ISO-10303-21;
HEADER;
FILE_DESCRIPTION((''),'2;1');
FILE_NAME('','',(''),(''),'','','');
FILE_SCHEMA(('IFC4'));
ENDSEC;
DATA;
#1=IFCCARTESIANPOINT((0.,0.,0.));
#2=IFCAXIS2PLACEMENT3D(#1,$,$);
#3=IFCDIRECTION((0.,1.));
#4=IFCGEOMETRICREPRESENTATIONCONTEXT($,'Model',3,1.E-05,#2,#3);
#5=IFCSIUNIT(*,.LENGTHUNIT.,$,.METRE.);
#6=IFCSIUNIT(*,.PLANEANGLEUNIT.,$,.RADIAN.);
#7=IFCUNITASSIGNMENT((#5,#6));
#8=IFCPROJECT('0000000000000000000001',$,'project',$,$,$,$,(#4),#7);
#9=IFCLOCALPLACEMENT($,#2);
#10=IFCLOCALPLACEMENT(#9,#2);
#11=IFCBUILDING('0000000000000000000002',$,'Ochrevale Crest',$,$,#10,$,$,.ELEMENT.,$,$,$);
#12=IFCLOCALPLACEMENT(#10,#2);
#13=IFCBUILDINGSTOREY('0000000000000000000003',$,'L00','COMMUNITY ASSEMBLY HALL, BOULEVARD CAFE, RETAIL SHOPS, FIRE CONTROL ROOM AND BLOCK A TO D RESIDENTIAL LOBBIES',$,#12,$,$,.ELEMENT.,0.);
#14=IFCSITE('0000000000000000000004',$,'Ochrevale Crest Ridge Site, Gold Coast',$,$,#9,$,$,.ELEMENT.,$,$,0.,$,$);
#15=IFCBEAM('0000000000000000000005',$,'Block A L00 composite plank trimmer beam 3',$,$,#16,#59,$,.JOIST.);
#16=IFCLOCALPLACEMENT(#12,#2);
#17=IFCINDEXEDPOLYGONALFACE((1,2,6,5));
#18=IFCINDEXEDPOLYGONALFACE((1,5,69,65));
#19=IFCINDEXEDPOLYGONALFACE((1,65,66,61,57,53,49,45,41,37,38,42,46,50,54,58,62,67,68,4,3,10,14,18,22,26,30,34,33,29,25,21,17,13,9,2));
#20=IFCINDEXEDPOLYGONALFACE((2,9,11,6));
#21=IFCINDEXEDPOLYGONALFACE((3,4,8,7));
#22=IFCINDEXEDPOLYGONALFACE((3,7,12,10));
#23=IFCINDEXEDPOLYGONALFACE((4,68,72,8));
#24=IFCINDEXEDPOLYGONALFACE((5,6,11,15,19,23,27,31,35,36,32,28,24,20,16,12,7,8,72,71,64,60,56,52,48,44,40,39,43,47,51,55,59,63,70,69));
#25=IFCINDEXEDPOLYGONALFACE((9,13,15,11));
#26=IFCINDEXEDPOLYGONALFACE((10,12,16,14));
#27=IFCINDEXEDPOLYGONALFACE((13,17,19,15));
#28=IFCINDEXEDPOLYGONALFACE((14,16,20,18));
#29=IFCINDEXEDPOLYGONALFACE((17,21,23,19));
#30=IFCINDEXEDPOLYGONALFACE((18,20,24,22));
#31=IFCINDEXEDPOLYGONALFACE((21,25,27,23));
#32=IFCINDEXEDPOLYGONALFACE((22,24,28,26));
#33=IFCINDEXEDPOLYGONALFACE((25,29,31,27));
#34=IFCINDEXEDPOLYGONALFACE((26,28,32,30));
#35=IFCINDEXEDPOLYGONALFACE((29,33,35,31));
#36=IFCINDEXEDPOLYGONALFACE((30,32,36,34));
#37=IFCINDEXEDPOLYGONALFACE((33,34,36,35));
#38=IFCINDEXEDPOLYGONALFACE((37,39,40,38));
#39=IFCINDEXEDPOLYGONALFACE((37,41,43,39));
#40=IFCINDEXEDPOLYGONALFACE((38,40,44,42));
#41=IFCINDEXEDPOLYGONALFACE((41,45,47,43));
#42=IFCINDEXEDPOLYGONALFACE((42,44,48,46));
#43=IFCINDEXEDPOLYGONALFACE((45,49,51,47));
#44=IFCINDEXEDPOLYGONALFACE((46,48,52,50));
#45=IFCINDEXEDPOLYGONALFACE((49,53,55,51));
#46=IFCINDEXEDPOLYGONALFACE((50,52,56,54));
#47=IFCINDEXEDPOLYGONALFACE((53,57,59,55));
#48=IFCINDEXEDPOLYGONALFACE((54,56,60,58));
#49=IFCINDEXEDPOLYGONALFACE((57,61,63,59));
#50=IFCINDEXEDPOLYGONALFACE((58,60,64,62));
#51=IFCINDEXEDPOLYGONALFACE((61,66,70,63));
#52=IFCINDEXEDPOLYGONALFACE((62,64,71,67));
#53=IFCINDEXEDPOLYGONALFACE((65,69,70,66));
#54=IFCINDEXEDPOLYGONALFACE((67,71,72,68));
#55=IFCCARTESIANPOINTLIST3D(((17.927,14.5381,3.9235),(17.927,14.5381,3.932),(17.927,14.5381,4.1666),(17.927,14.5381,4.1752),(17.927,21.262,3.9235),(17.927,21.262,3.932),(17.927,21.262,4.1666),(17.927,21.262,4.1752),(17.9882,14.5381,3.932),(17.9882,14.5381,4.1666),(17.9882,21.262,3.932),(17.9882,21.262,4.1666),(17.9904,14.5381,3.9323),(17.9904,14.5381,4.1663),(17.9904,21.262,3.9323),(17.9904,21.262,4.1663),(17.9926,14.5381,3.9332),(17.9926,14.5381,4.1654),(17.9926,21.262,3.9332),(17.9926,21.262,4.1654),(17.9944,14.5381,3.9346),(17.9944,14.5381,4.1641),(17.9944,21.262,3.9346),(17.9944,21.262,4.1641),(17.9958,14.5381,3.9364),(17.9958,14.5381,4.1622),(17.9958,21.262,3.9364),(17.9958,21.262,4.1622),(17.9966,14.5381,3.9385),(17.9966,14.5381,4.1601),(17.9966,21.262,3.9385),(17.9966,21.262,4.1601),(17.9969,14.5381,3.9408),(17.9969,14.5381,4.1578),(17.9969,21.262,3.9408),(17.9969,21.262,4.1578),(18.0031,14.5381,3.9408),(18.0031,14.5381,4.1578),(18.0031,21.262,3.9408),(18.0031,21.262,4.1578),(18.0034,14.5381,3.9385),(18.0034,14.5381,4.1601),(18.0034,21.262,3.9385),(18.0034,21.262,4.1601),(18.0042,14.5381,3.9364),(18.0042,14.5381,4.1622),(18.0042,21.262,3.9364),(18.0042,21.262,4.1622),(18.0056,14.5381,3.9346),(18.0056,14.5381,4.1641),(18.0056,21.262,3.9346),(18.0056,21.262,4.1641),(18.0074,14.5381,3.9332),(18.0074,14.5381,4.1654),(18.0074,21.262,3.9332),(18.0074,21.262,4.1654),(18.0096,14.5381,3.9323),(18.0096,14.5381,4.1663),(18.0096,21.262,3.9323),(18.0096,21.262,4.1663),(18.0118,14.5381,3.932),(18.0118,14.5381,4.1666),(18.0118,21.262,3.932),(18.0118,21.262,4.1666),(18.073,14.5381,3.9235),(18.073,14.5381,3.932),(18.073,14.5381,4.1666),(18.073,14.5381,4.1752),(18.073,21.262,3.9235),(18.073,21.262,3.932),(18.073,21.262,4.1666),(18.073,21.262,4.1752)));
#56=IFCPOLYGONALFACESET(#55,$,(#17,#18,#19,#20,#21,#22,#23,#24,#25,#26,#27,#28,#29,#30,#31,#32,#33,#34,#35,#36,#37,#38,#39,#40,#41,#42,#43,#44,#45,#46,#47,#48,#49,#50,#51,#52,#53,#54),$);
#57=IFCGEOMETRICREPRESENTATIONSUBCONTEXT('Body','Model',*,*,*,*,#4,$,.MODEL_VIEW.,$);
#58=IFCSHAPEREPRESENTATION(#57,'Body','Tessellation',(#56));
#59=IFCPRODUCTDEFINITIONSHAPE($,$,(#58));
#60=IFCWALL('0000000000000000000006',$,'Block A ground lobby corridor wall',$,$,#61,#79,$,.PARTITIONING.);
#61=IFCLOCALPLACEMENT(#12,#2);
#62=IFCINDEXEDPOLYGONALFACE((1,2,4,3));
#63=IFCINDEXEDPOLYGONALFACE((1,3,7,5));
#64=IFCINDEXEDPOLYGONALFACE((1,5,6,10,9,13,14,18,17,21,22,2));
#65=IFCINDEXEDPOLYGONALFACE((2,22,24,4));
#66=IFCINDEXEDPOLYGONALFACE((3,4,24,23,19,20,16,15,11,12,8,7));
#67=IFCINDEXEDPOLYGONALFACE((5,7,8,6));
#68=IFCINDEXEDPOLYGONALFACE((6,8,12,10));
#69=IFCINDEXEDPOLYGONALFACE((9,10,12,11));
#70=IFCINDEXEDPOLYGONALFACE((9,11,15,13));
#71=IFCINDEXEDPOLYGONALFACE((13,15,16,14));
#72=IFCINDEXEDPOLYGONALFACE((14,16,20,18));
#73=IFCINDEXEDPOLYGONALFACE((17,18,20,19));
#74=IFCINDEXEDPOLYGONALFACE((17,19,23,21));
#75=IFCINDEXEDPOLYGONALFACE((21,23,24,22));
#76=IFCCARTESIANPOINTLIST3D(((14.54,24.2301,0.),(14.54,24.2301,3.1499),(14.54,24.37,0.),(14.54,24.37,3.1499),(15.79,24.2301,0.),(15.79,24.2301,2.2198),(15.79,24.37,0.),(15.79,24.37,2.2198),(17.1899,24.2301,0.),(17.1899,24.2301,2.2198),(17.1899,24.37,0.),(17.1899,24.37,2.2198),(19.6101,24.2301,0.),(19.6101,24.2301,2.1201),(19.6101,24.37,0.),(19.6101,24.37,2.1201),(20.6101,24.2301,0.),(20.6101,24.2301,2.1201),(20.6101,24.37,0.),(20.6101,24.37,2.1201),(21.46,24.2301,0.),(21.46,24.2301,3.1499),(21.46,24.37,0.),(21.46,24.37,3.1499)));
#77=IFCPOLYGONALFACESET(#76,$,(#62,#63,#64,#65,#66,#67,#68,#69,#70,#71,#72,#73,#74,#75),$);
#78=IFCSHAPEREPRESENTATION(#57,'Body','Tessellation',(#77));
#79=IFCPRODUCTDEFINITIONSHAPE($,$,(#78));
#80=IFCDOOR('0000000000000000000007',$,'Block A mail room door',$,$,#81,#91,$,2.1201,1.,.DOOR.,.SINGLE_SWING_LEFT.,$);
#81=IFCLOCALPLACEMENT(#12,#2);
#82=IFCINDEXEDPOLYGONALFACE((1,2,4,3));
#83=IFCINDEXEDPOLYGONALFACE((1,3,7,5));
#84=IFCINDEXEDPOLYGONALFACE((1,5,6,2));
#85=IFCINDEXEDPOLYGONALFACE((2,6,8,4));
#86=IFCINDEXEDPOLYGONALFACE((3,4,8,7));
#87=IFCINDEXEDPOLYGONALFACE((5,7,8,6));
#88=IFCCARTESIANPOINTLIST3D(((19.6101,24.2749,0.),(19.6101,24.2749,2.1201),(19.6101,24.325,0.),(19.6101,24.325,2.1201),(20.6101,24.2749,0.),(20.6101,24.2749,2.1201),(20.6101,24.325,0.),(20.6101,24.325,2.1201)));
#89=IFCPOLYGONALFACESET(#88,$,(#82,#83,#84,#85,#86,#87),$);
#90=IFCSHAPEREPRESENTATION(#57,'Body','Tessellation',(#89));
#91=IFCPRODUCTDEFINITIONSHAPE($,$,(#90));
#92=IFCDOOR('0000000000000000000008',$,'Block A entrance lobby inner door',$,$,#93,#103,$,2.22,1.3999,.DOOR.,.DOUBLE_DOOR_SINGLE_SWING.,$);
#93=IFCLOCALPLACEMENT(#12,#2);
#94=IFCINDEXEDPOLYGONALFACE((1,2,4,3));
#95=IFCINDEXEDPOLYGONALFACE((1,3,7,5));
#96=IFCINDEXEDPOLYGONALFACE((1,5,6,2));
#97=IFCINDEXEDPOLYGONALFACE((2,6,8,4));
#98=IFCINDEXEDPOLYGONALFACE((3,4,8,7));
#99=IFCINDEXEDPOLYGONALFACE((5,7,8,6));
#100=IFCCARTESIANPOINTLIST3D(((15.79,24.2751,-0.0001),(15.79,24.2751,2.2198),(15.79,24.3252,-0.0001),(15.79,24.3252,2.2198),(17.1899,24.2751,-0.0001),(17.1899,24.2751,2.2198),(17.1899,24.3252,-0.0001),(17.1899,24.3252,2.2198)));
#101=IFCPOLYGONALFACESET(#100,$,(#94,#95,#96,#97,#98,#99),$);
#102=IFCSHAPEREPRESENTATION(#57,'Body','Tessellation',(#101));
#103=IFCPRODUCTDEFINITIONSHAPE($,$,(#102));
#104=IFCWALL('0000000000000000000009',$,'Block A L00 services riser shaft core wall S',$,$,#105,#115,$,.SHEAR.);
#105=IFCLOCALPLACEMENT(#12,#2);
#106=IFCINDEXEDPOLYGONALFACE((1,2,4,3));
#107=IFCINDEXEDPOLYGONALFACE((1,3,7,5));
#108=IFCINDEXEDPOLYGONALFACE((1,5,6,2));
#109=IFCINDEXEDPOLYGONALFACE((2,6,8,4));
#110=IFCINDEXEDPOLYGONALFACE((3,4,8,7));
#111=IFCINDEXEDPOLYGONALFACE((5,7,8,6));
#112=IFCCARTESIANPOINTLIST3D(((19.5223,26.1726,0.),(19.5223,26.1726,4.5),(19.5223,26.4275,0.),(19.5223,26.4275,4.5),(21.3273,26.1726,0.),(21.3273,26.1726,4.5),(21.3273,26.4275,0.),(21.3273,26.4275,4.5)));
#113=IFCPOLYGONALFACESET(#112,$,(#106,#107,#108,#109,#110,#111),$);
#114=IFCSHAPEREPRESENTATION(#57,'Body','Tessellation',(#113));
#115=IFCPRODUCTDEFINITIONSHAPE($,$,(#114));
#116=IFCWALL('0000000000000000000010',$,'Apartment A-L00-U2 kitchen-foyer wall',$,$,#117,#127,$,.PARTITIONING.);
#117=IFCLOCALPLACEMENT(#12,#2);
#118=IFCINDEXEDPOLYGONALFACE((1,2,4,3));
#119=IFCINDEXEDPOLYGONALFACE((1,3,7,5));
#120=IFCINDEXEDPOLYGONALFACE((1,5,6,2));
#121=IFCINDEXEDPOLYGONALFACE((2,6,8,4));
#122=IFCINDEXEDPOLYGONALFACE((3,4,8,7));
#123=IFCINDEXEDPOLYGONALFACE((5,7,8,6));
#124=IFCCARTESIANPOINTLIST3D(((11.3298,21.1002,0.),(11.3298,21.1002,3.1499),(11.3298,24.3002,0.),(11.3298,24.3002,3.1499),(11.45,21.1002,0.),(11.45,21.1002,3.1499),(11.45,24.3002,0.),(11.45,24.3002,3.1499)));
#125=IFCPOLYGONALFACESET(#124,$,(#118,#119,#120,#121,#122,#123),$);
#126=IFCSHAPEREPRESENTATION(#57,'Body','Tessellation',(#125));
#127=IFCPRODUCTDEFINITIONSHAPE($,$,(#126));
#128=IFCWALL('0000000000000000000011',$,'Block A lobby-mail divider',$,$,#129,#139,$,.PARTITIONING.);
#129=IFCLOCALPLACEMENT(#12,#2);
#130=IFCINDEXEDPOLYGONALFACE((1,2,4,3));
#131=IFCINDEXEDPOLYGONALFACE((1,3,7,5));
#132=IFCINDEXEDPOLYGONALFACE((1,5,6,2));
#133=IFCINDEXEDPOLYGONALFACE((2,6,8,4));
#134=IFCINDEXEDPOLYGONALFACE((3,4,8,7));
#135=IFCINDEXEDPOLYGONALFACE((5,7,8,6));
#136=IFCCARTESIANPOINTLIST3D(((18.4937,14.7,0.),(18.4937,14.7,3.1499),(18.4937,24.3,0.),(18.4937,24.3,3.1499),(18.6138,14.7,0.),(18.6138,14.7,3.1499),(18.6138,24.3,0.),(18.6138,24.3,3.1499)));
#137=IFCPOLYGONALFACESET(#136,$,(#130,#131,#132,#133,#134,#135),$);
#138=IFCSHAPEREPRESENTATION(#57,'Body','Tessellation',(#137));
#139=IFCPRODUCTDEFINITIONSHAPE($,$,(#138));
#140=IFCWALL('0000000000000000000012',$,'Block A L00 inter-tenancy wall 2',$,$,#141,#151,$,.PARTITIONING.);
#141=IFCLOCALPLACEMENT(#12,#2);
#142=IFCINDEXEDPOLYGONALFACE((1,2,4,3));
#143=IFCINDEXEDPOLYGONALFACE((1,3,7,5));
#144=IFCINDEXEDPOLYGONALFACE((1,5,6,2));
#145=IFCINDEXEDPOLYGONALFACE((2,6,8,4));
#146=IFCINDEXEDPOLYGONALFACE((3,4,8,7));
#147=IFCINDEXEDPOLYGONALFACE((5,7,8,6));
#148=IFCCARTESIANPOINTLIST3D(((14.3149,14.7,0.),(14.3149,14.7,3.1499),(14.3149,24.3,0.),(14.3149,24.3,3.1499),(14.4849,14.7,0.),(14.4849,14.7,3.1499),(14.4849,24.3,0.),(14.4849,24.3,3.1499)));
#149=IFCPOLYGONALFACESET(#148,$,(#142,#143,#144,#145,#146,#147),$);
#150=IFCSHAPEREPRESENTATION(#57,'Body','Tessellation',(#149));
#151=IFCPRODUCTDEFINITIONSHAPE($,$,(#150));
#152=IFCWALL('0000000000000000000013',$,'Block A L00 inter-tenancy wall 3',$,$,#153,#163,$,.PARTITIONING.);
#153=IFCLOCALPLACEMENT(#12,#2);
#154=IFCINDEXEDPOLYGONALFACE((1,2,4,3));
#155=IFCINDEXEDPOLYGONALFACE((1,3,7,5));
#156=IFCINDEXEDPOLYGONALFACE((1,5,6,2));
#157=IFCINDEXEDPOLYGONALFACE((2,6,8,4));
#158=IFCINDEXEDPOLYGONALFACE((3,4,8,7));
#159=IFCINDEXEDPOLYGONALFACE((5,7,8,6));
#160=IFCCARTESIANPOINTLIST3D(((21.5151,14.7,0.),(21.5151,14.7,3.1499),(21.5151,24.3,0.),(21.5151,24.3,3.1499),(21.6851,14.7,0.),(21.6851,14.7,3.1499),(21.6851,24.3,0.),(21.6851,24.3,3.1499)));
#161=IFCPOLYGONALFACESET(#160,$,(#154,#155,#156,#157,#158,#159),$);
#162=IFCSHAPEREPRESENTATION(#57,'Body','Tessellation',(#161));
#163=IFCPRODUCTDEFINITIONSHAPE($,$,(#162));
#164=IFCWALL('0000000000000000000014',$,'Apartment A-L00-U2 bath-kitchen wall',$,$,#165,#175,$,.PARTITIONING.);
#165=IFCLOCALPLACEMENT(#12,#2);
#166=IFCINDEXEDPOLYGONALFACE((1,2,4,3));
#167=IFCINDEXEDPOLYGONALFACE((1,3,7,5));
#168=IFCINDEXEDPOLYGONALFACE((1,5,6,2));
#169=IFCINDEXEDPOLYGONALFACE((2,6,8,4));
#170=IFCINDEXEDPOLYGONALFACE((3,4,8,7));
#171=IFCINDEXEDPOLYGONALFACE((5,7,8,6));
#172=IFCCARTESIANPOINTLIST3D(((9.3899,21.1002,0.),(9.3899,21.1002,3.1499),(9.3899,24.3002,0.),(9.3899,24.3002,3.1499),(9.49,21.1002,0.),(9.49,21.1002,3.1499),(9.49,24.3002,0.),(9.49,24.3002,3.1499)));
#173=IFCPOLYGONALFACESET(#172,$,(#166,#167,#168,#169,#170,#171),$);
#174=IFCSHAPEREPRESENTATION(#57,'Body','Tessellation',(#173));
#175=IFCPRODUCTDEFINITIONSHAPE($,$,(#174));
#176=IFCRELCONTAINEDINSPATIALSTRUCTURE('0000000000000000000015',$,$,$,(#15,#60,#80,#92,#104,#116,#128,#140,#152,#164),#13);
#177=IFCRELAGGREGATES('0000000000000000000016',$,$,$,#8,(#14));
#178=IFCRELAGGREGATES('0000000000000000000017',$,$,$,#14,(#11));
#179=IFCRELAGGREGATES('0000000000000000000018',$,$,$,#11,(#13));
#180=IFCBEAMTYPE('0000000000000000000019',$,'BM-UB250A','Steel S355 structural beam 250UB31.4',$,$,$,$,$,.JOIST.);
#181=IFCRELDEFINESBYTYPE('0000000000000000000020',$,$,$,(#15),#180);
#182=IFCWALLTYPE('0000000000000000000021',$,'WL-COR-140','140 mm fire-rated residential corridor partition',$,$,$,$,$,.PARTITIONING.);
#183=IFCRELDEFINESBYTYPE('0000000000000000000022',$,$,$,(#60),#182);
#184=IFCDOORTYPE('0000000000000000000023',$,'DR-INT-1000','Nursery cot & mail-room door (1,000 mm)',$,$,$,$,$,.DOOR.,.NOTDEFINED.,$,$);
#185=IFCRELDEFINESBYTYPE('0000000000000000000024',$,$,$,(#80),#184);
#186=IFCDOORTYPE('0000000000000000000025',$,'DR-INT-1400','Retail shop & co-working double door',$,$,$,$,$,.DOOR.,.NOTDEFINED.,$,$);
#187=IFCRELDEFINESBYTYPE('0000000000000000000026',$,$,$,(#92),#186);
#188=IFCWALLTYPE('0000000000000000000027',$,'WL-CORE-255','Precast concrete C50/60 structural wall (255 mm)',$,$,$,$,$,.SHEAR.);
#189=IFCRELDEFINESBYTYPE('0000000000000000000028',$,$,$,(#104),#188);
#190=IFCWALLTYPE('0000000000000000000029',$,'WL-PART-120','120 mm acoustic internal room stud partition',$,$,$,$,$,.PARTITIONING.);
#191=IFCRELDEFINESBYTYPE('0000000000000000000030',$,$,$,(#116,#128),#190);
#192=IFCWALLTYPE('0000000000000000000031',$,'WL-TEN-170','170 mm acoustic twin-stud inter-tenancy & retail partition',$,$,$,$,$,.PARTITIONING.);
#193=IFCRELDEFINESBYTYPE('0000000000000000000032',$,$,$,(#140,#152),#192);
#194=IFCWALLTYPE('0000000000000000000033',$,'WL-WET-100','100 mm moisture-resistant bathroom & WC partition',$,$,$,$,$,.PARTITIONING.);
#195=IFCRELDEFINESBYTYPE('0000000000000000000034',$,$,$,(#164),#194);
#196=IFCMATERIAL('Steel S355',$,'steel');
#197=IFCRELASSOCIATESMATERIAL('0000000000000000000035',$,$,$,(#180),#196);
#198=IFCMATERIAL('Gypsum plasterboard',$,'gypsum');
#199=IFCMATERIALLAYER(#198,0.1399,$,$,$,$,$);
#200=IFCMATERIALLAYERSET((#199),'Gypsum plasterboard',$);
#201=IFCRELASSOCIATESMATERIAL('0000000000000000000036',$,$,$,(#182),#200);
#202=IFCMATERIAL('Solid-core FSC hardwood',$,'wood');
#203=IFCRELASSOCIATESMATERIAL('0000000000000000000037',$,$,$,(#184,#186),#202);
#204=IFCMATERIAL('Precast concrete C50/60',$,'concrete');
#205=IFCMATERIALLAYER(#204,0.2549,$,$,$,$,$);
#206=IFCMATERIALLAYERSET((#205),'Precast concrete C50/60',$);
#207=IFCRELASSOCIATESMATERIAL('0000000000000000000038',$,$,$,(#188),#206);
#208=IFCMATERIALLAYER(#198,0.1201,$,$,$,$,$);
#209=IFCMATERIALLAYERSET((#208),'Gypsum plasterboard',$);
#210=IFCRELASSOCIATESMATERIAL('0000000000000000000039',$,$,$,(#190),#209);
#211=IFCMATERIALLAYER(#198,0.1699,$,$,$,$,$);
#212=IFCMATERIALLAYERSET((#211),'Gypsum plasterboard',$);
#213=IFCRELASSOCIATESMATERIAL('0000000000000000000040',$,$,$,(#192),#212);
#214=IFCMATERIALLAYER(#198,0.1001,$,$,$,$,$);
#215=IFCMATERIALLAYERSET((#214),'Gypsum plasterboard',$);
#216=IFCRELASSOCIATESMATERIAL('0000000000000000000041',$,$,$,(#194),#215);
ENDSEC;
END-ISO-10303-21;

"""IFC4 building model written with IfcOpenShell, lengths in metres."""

from ifc_helpers import new_model, si_unit, direction, frame, frame_2d, origin, origin_2d, place, context, subcontext, project, spatial, rectangle, i_section, extrude, material, layer, layer_set, material_profile, profile_set, type_object, element, fill, save


model = new_model("IFC4")

# Units and contexts
model_context = context("Model", 3, precision=1e-05, world=origin(), true_north=direction((0.0, 1.0)))
body_context = subcontext(model_context, "Body", "Model", "MODEL_VIEW")
ifc_project = project(units=[si_unit("LENGTHUNIT", "METRE"), si_unit("PLANEANGLEUNIT", "RADIAN")], contexts=[model_context])

# Site, building, storey
site_placement = place(None, origin())
site = spatial("IfcSite", under=ifc_project, at=site_placement, Name="Ochrevale Crest Ridge Site, Gold Coast", CompositionType="ELEMENT", RefElevation=0.0)
building_placement = place(site_placement, origin())
building = spatial("IfcBuilding", under=site, at=building_placement, Name="Ochrevale Crest", CompositionType="ELEMENT")
storey_placement = place(building_placement, origin())
storey = spatial("IfcBuildingStorey", under=building, at=storey_placement, Name="L00", Description="COMMUNITY ASSEMBLY HALL, BOULEVARD CAFE, RETAIL SHOPS, FIRE CONTROL ROOM AND BLOCK A TO D RESIDENTIAL LOBBIES", CompositionType="ELEMENT", Elevation=0.0)

# Shared definitions
ifc_material_1 = material(Name="Precast concrete C50/60", Category="concrete")

# Beam
ifc_material_2 = material(Name="Steel S355", Category="steel")
ifc_material_profile_1 = material_profile(ifc_material_2, i_section(OverallWidth=0.146, OverallDepth=0.2517, WebThickness=0.0061, FlangeThickness=0.0085, FilletRadius=0.0088, at=origin_2d()), Name="250UB31.4")
ifc_profile_set_1 = profile_set([ifc_material_profile_1], Name="Steel S355")
beam_type_1 = type_object("IfcBeamType", Name="BM-UB250A", Description="Steel S355 structural beam 250UB31.4", PredefinedType="JOIST", material=ifc_profile_set_1)
beam_1_placement = place(storey_placement, frame((18.0, 14.5381, 4.0493), z_axis=(0.0, 1.0, 0.0), x_axis=(-1.0, 0.0, 0.0)))
element("IfcBeam", 1, at=beam_1_placement, inside=storey, type_object=beam_type_1, Name="Block A L00 composite plank trimmer beam 3", PredefinedType="JOIST", context=body_context, shape_type="SweptSolid", body=[
    extrude(i_section(OverallWidth=0.146, OverallDepth=0.2517, WebThickness=0.0061, FlangeThickness=0.0085, FilletRadius=0.0088, at=origin_2d()), origin(), (0.0, 0.0, 1.0), 6.7239),
])

# Wall, openings, doors
ifc_material_3 = material(Name="Gypsum plasterboard", Category="gypsum")
ifc_layer_1 = layer(ifc_material_3, 0.1399)
ifc_layer_set_1 = layer_set([ifc_layer_1], Name="Gypsum plasterboard")
wall_type_1 = type_object("IfcWallType", Name="WL-COR-140", Description="140 mm fire-rated residential corridor partition", PredefinedType="PARTITIONING", material=ifc_layer_set_1)
wall_1_placement = place(storey_placement, frame((14.54, 24.3, 0.0), z_axis=(0.0, 0.0, 1.0), x_axis=(1.0, 0.0, 0.0)))
wall_1 = element("IfcWall", 2, at=wall_1_placement, inside=storey, type_object=wall_type_1, Name="Block A ground lobby corridor wall", PredefinedType="PARTITIONING", context=body_context, shape_type="SweptSolid", body=[
    extrude(rectangle(XDim=6.9199, YDim=0.1399, at=frame_2d((3.46, 0.0))), origin(), (0.0, 0.0, 1.0), 3.1499),
])
opening_1_placement = place(wall_1_placement, frame((2.6499, 0.0, 0.0), z_axis=(0.0, 0.0, 1.0), x_axis=(-1.0, 0.0, 0.0)))
opening_1 = element("IfcOpeningElement", 3, at=opening_1_placement, cuts=wall_1, PredefinedType="OPENING", context=body_context, shape_type="SweptSolid", body=[
    extrude(rectangle(XDim=1.3999, YDim=2.22, at=frame_2d((0.7, 1.1099))), frame((0.0, 0.0801, 0.0), z_axis=(0.0, -1.0, 0.0), x_axis=(1.0, 0.0, 0.0)), (0.0, 0.0, 1.0), 0.1599),
])
opening_2_placement = place(wall_1_placement, frame((5.0701, 0.0, 0.0)))
opening_2 = element("IfcOpeningElement", 4, at=opening_2_placement, cuts=wall_1, PredefinedType="OPENING", context=body_context, shape_type="SweptSolid", body=[
    extrude(rectangle(XDim=1.0, YDim=2.1201, at=frame_2d((0.5, 1.0601))), frame((0.0, 0.0801, 0.0), z_axis=(0.0, -1.0, 0.0), x_axis=(1.0, 0.0, 0.0)), (0.0, 0.0, 1.0), 0.1599),
])
ifc_material_4 = material(Name="Solid-core FSC hardwood", Category="wood")
door_type_1 = type_object("IfcDoorType", Name="DR-INT-1000", Description="Nursery cot & mail-room door (1,000 mm)", OperationType="NOTDEFINED", PredefinedType="DOOR", material=ifc_material_4)
door_1_placement = place(opening_2_placement, origin())
door_1 = element("IfcDoor", 5, at=door_1_placement, inside=storey, type_object=door_type_1, Name="Block A mail room door", OperationType="SINGLE_SWING_LEFT", OverallHeight=2.1201, OverallWidth=1.0, PredefinedType="DOOR", context=body_context, shape_type="SweptSolid", body=[
    extrude(rectangle(XDim=1.0, YDim=2.1201, at=frame_2d((0.5, 1.0601))), frame((0.0, 0.0249, 0.0), z_axis=(0.0, -1.0, 0.0), x_axis=(1.0, 0.0, 0.0)), (0.0, 0.0, 1.0), 0.05),
])
fill(opening_2, door_1)
door_type_2 = type_object("IfcDoorType", Name="DR-INT-1400", Description="Retail shop & co-working double door", OperationType="NOTDEFINED", PredefinedType="DOOR", material=ifc_material_4)
door_2_placement = place(opening_1_placement, origin())
door_2 = element("IfcDoor", 6, at=door_2_placement, inside=storey, type_object=door_type_2, Name="Block A entrance lobby inner door", OperationType="DOUBLE_DOOR_SINGLE_SWING", OverallHeight=2.22, OverallWidth=1.3999, PredefinedType="DOOR", context=body_context, shape_type="SweptSolid", body=[
    extrude(rectangle(XDim=1.3999, YDim=2.22, at=frame_2d((0.7, 1.1099))), frame((0.0, 0.0249, 0.0), z_axis=(0.0, -1.0, 0.0), x_axis=(1.0, 0.0, 0.0)), (0.0, 0.0, 1.0), 0.05),
])
fill(opening_1, door_2)

# Shared definitions
ifc_layer_2 = layer(ifc_material_1, 0.2549)
ifc_layer_set_2 = layer_set([ifc_layer_2], Name="Precast concrete C50/60")
wall_type_2 = type_object("IfcWallType", Name="WL-CORE-255", Description="Precast concrete C50/60 structural wall (255 mm)", PredefinedType="SHEAR", material=ifc_layer_set_2)

# Walls
wall_2_placement = place(storey_placement, frame((19.5225, 26.3, 0.0), z_axis=(0.0, 0.0, 1.0), x_axis=(1.0, 0.0, 0.0)))
element("IfcWall", 7, at=wall_2_placement, inside=storey, type_object=wall_type_2, Name="Block A L00 services riser shaft core wall S", PredefinedType="SHEAR", context=body_context, shape_type="SweptSolid", body=[
    extrude(rectangle(XDim=1.8049, YDim=0.2549, at=frame_2d((0.9023, 0.0))), origin(), (0.0, 0.0, 1.0), 4.5),
])
ifc_layer_3 = layer(ifc_material_3, 0.1201)
ifc_layer_set_3 = layer_set([ifc_layer_3], Name="Gypsum plasterboard")
wall_type_3 = type_object("IfcWallType", Name="WL-PART-120", Description="120 mm acoustic internal room stud partition", PredefinedType="PARTITIONING", material=ifc_layer_set_3)
wall_3_placement = place(storey_placement, frame((11.3899, 21.1001, 0.0), z_axis=(0.0, 0.0, 1.0), x_axis=(0.0, 1.0, 0.0)))
element("IfcWall", 8, at=wall_3_placement, inside=storey, type_object=wall_type_3, Name="Apartment A-L00-U2 kitchen-foyer wall", PredefinedType="PARTITIONING", context=body_context, shape_type="SweptSolid", body=[
    extrude(rectangle(XDim=3.2, YDim=0.1201, at=frame_2d((1.6001, 0.0))), origin(), (0.0, 0.0, 1.0), 3.1499),
])
wall_4_placement = place(storey_placement, frame((18.5537, 14.7, 0.0), z_axis=(0.0, 0.0, 1.0), x_axis=(0.0, 1.0, 0.0)))
element("IfcWall", 9, at=wall_4_placement, inside=storey, type_object=wall_type_3, Name="Block A lobby-mail divider", PredefinedType="PARTITIONING", context=body_context, shape_type="SweptSolid", body=[
    extrude(rectangle(XDim=9.6001, YDim=0.1201, at=frame_2d((4.8, 0.0))), origin(), (0.0, 0.0, 1.0), 3.1499),
])
ifc_layer_4 = layer(ifc_material_3, 0.1699)
ifc_layer_set_4 = layer_set([ifc_layer_4], Name="Gypsum plasterboard")
wall_type_4 = type_object("IfcWallType", Name="WL-TEN-170", Description="170 mm acoustic twin-stud inter-tenancy & retail partition", PredefinedType="PARTITIONING", material=ifc_layer_set_4)
for number, where, z_axis, x_axis, name in (
    (10, (14.3999, 14.7, 0.0), (0.0, 0.0, 1.0), (0.0, 1.0, 0.0), "Block A L00 inter-tenancy wall 2"),
    (11, (21.6001, 14.7, 0.0), (0.0, 0.0, 1.0), (0.0, 1.0, 0.0), "Block A L00 inter-tenancy wall 3"),
):
    element("IfcWall", number, at=place(storey_placement, frame(where, z_axis=z_axis, x_axis=x_axis)), inside=storey, type_object=wall_type_4, Name=name, PredefinedType="PARTITIONING", context=body_context, shape_type="SweptSolid", body=[
        extrude(rectangle(XDim=9.6001, YDim=0.1699, at=frame_2d((4.8, 0.0))), origin(), (0.0, 0.0, 1.0), 3.1499),
    ])
ifc_layer_5 = layer(ifc_material_3, 0.1001)
ifc_layer_set_5 = layer_set([ifc_layer_5], Name="Gypsum plasterboard")
wall_type_5 = type_object("IfcWallType", Name="WL-WET-100", Description="100 mm moisture-resistant bathroom & WC partition", PredefinedType="PARTITIONING", material=ifc_layer_set_5)
wall_5_placement = place(storey_placement, frame((9.4399, 21.1001, 0.0), z_axis=(0.0, 0.0, 1.0), x_axis=(0.0, 1.0, 0.0)))
element("IfcWall", 12, at=wall_5_placement, inside=storey, type_object=wall_type_5, Name="Apartment A-L00-U2 bath-kitchen wall", PredefinedType="PARTITIONING", context=body_context, shape_type="SweptSolid", body=[
    extrude(rectangle(XDim=3.2, YDim=0.1001, at=frame_2d((1.6001, 0.0))), origin(), (0.0, 0.0, 1.0), 3.1499),
])

save(model, "model.ifc")
